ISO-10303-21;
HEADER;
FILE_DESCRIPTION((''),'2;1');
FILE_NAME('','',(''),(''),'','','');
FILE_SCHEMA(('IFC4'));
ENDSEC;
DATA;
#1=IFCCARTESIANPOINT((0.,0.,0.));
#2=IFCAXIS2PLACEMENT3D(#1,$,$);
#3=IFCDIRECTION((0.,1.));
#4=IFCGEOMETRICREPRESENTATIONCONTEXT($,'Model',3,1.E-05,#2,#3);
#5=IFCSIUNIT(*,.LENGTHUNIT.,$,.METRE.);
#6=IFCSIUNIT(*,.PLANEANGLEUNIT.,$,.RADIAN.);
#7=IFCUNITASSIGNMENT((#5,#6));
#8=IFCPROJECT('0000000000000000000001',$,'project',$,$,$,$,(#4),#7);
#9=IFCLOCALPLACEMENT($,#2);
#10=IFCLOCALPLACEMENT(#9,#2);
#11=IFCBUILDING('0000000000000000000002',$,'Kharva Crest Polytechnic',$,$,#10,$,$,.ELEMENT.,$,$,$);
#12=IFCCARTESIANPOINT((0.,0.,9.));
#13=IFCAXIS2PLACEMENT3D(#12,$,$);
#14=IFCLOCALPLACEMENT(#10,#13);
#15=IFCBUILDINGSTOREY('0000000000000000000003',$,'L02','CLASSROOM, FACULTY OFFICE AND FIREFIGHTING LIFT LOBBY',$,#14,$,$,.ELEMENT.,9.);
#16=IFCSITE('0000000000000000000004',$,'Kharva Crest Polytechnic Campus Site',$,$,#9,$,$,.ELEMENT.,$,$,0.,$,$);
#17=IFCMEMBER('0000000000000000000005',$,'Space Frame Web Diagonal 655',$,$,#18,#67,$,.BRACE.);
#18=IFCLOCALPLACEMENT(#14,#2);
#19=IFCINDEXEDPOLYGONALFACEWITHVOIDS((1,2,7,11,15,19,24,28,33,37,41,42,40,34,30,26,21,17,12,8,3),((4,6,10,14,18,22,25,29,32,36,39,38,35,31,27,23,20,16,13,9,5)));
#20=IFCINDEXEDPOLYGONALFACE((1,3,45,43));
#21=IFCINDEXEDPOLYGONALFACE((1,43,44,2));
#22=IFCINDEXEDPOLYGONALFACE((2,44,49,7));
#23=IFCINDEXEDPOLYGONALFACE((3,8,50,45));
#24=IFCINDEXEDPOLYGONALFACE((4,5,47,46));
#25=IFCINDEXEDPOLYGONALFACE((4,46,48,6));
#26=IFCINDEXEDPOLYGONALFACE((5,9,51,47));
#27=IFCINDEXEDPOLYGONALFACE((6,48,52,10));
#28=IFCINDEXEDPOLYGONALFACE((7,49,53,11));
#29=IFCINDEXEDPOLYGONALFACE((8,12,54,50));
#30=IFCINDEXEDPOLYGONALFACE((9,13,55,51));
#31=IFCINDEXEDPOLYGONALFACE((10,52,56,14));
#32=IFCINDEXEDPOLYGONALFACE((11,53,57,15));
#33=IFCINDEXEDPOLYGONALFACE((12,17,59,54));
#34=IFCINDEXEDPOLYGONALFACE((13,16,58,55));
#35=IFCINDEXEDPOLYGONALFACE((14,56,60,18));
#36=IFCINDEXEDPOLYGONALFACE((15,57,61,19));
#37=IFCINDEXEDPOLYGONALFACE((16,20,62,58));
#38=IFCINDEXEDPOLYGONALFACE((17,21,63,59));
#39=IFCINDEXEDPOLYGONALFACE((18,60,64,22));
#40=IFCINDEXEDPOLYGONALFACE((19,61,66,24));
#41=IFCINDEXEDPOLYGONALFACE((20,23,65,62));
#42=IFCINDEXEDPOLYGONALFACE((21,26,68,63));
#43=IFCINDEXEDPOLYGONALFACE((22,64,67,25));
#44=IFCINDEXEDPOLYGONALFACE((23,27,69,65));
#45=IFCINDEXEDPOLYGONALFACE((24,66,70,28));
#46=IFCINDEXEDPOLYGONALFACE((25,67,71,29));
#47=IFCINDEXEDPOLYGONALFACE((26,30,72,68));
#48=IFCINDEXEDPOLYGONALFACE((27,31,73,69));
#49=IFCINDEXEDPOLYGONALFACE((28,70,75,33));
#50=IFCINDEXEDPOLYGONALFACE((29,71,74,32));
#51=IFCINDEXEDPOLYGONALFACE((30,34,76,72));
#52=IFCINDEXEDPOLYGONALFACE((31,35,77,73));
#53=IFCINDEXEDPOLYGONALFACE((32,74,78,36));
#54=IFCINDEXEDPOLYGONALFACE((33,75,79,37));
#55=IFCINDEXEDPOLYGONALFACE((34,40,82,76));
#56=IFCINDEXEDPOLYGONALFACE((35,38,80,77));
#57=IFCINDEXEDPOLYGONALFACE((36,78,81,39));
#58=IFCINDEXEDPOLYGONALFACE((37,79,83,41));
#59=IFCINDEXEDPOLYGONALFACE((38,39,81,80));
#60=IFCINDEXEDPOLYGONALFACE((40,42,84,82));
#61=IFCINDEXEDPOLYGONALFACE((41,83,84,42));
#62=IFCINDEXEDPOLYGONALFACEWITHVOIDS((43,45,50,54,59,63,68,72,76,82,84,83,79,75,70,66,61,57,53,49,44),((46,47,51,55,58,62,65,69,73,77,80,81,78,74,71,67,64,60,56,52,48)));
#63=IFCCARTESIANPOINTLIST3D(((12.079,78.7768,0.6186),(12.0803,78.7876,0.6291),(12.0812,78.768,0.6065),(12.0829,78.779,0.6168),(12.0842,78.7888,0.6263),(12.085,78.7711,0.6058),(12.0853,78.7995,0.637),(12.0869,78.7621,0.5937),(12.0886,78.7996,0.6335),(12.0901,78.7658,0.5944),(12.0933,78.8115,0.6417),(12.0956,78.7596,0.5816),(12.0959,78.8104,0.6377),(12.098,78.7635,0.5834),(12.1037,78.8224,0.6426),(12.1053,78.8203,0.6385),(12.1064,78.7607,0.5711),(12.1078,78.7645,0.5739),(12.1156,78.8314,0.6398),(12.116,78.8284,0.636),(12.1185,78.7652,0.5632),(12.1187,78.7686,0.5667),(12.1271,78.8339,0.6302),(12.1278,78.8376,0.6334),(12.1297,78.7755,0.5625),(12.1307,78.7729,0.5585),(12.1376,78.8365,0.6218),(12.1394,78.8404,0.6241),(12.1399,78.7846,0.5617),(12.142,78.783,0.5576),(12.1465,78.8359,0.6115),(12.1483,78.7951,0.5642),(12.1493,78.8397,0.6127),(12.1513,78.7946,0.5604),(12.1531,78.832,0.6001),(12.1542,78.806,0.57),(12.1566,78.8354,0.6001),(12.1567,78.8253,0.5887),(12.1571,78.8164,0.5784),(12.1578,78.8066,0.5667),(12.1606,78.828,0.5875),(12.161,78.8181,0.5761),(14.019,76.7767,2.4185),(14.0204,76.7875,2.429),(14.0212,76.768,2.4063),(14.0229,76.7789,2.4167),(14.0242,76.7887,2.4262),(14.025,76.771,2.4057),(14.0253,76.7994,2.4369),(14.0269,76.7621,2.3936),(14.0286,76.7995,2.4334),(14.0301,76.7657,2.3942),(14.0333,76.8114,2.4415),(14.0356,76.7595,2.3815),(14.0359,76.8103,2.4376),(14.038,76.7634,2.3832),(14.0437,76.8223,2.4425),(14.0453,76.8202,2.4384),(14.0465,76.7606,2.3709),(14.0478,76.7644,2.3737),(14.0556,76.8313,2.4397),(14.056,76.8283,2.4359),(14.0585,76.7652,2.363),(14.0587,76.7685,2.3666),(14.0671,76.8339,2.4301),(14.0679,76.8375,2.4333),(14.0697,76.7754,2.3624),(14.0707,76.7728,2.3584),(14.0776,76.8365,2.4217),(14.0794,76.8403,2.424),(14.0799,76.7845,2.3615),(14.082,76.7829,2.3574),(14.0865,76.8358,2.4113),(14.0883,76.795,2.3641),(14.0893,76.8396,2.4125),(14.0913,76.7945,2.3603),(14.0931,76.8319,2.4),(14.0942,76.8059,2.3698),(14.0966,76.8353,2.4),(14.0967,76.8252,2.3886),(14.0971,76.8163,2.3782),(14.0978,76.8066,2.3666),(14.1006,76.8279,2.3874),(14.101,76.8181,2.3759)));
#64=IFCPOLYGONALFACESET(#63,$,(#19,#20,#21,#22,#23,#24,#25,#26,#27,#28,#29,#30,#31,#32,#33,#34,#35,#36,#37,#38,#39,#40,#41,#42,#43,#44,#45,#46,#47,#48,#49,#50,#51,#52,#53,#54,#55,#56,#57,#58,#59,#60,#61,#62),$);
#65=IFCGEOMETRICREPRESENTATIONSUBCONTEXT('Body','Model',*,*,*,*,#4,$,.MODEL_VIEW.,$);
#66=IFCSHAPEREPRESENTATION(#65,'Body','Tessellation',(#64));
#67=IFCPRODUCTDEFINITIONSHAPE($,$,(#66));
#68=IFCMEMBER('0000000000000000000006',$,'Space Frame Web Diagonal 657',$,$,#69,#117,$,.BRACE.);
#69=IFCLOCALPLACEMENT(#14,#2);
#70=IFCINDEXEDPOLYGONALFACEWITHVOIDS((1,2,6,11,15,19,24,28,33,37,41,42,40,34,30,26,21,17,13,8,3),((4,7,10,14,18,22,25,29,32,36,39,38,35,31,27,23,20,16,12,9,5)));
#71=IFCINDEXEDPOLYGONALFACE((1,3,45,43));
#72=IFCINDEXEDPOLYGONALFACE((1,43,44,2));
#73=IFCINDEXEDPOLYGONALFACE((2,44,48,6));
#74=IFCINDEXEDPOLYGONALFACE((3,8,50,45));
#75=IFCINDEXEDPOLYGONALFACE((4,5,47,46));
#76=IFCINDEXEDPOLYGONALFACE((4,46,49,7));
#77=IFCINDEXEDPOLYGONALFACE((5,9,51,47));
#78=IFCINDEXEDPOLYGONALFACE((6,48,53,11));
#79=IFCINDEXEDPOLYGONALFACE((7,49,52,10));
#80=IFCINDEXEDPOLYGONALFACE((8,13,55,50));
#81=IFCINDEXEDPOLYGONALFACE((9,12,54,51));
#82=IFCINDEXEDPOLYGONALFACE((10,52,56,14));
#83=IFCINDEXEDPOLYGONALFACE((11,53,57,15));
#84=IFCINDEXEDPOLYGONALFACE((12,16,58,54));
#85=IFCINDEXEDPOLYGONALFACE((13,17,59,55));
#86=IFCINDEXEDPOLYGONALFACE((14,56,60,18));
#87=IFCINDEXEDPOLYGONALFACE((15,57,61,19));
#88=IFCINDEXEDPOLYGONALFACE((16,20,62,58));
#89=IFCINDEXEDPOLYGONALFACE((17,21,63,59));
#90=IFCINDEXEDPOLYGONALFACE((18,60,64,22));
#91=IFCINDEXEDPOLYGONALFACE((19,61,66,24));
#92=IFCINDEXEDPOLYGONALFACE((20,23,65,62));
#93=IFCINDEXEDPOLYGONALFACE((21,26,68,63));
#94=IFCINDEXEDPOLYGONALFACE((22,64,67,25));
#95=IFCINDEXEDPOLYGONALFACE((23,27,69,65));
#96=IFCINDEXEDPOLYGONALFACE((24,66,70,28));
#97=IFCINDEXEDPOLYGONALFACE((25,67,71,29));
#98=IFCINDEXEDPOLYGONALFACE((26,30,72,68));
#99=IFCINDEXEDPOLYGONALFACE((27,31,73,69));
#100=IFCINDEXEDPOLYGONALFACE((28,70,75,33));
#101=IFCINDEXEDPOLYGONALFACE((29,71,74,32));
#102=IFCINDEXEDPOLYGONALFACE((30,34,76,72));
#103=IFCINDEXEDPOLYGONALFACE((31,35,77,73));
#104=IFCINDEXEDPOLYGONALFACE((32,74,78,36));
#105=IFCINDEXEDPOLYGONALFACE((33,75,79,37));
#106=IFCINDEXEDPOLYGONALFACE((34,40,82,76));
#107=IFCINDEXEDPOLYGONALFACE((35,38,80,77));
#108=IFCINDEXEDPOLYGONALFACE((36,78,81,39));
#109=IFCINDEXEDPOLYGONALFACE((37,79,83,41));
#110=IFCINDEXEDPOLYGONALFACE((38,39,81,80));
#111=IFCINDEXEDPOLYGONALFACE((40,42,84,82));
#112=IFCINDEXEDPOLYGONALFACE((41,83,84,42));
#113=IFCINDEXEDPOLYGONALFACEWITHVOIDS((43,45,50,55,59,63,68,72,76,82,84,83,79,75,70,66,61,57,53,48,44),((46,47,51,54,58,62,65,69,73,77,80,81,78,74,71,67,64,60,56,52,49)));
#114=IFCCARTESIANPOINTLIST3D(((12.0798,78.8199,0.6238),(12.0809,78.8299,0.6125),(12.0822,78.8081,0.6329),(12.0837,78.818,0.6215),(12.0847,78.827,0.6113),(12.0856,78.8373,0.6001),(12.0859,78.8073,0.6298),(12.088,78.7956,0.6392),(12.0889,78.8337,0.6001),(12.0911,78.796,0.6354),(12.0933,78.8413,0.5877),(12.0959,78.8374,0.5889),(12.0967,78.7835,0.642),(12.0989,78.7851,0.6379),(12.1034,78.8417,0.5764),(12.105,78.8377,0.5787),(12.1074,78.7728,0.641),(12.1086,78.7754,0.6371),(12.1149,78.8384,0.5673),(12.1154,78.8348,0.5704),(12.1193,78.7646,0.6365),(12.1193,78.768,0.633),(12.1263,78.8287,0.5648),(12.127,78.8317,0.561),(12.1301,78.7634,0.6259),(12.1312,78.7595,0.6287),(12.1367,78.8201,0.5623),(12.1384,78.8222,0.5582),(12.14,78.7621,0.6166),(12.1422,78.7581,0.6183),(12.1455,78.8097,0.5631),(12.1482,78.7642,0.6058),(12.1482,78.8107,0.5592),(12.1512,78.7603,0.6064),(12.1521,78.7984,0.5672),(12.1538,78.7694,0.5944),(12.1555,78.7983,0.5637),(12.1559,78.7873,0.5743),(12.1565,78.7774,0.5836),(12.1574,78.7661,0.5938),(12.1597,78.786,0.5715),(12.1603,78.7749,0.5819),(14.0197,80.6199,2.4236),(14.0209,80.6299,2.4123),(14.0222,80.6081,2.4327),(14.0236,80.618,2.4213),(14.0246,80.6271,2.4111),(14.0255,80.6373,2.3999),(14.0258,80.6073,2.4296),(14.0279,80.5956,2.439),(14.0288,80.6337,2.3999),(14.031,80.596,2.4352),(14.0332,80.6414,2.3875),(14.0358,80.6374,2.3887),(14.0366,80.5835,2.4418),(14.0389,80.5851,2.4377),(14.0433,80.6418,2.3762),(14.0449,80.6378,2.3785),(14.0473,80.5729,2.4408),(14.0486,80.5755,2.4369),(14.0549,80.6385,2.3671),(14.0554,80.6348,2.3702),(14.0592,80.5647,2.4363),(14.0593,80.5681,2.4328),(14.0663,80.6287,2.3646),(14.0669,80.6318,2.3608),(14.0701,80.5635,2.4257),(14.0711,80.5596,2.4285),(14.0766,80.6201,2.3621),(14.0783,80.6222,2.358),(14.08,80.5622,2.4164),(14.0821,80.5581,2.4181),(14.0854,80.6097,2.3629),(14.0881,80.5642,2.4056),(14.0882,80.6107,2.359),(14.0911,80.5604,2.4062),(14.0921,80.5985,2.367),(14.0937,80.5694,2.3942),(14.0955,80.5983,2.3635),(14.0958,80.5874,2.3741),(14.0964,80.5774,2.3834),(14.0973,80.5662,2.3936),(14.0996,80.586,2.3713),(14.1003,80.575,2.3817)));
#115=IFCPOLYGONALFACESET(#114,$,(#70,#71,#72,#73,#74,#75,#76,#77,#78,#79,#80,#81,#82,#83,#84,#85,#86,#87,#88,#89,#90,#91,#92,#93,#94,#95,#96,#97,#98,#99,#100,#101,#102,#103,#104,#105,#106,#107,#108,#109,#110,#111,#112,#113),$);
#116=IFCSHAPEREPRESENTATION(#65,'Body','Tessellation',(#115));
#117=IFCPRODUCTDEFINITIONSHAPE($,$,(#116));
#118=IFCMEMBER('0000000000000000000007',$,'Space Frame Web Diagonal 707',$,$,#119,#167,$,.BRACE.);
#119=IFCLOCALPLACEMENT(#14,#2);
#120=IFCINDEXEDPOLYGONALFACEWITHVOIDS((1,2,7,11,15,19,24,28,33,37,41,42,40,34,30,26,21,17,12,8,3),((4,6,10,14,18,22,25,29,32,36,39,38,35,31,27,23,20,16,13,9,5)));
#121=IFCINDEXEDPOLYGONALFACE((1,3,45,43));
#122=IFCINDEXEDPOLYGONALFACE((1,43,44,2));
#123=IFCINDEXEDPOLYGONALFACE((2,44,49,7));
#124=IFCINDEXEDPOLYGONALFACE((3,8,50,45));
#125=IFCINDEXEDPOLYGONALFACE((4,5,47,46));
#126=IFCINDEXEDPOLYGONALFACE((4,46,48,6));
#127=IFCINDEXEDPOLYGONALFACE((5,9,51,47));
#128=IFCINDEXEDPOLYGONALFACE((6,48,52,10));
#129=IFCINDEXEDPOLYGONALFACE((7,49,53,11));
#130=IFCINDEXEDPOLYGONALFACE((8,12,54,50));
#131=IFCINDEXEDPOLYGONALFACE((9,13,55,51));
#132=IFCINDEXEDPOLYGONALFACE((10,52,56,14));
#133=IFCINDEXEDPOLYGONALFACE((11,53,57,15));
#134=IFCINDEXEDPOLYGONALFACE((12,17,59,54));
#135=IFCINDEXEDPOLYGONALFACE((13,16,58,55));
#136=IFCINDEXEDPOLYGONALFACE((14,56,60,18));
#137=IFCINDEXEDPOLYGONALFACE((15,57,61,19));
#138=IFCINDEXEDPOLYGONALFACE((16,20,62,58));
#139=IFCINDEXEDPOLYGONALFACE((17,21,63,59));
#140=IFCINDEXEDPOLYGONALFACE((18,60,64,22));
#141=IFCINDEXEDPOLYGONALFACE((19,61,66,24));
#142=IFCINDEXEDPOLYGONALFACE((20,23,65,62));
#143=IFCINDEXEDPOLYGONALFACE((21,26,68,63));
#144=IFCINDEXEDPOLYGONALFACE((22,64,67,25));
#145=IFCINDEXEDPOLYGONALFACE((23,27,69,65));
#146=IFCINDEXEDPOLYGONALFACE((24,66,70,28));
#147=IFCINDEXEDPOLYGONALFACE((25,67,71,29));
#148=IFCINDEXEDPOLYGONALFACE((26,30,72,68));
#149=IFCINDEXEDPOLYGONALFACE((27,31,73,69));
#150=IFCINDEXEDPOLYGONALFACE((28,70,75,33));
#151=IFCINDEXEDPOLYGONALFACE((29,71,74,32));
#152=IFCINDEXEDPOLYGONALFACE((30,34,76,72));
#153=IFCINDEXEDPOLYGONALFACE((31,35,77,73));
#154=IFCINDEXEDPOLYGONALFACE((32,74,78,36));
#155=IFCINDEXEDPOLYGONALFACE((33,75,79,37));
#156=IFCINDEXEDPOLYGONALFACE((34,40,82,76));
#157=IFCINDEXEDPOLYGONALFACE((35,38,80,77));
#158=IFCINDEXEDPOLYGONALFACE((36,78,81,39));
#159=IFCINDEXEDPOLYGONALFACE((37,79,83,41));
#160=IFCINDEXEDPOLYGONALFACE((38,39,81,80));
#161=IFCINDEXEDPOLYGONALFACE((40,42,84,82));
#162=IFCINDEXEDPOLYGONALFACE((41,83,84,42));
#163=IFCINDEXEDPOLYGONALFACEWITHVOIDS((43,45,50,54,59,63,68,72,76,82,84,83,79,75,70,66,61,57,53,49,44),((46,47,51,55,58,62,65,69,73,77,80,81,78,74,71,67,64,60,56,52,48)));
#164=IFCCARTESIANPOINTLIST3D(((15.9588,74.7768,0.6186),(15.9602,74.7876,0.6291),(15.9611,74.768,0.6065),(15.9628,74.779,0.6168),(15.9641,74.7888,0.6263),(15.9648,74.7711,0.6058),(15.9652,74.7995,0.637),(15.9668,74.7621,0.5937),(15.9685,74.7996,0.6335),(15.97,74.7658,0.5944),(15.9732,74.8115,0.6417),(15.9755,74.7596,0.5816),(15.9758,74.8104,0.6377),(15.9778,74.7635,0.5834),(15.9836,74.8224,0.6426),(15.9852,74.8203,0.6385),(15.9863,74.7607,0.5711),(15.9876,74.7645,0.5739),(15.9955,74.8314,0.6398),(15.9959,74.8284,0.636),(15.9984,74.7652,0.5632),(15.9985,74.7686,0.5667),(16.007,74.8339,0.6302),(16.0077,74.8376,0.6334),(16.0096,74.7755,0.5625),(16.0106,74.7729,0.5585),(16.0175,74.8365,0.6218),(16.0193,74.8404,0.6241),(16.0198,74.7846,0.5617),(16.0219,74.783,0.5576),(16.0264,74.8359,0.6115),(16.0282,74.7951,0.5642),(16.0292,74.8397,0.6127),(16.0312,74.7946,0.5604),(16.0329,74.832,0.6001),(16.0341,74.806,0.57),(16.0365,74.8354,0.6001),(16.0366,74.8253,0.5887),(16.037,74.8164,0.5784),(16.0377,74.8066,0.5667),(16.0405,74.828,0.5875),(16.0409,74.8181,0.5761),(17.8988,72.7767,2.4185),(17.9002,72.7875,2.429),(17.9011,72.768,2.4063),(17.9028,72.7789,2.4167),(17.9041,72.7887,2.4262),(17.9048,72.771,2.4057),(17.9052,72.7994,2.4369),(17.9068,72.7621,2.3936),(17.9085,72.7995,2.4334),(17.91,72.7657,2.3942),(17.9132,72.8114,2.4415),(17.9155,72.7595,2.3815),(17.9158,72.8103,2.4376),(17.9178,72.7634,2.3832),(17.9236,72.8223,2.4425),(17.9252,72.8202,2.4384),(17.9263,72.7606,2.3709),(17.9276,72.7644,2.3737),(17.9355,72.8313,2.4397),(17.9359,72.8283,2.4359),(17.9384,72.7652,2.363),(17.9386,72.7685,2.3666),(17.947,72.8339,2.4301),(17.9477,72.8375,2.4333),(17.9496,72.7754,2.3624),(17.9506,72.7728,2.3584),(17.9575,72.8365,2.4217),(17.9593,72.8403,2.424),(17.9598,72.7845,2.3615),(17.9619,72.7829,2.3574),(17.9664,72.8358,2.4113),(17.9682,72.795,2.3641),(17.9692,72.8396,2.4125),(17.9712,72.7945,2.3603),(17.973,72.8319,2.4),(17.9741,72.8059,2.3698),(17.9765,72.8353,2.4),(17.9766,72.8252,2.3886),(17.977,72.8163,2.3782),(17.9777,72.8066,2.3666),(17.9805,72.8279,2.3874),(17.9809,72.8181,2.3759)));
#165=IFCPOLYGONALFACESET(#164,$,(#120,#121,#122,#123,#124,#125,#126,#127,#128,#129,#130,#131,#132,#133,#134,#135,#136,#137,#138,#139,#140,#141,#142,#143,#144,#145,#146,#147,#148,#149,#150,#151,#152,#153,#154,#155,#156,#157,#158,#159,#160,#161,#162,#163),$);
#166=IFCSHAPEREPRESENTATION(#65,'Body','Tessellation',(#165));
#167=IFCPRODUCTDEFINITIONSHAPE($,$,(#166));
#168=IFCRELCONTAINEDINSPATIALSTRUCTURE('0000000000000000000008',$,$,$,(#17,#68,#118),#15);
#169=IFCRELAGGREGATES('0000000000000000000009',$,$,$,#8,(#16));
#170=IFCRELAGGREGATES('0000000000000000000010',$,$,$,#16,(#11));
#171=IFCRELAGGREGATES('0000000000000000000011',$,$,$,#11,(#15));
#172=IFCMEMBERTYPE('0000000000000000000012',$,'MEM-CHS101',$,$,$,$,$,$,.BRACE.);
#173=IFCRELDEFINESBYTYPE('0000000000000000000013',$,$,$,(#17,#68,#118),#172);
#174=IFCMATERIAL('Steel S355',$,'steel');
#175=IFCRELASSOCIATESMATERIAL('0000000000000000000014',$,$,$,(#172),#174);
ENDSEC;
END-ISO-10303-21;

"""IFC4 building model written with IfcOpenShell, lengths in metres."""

from ifc_helpers import new_model, si_unit, direction, frame, origin, origin_2d, place, context, subcontext, project, spatial, hollow_circle, extrude, material, material_profile, profile_set, type_object, element, save


model = new_model("IFC4")

# Units and contexts
model_context = context("Model", 3, precision=1e-05, world=origin(), true_north=direction((0.0, 1.0)))
body_context = subcontext(model_context, "Body", "Model", "MODEL_VIEW")
ifc_project = project(units=[si_unit("LENGTHUNIT", "METRE"), si_unit("PLANEANGLEUNIT", "RADIAN")], contexts=[model_context])

# Site, building, storey
site_placement = place(None, origin())
site = spatial("IfcSite", under=ifc_project, at=site_placement, Name="Kharva Crest Polytechnic Campus Site", CompositionType="ELEMENT", RefElevation=0.0)
building_placement = place(site_placement, origin())
building = spatial("IfcBuilding", under=site, at=building_placement, Name="Kharva Crest Polytechnic", CompositionType="ELEMENT")
storey_placement = place(building_placement, frame((0.0, 0.0, 9.0)))
storey = spatial("IfcBuildingStorey", under=building, at=storey_placement, Name="L02", Description="CLASSROOM, FACULTY OFFICE AND FIREFIGHTING LIFT LOBBY", CompositionType="ELEMENT", Elevation=9.0)

# Shared definitions
ifc_material_1 = material(Name="Steel S355", Category="steel")

# Members
ifc_material_profile_1 = material_profile(ifc_material_1, hollow_circle(Radius=0.0508, WallThickness=0.0049, at=origin_2d()), Name="CHS 101.6X5.0")
ifc_profile_set_1 = profile_set([ifc_material_profile_1], Name="Steel S355")
member_type_1 = type_object("IfcMemberType", Name="MEM-CHS101", PredefinedType="BRACE", material=ifc_profile_set_1)
for number, where, z_axis, x_axis, name in (
    (1, (12.1201, 78.8, 0.6001), (0.584843, -0.60295, 0.542596), (0.717802, 0.696247, 0.0), "Space Frame Web Diagonal 655"),
):
    element("IfcMember", number, at=place(storey_placement, frame(where, z_axis=z_axis, x_axis=x_axis)), inside=storey, type_object=member_type_1, Name=name, PredefinedType="BRACE", context=body_context, shape_type="SweptSolid", body=[
        extrude(hollow_circle(Radius=0.0508, WallThickness=0.0049, at=origin_2d()), origin(), (0.0, 0.0, 1.0), 3.3171),
    ])
member_1_placement = place(storey_placement, frame((12.1201, 78.8, 0.6001), z_axis=(0.606147, 0.562437, 0.562361), x_axis=(-0.680182, 0.733043, 0.0)))
element("IfcMember", 2, at=member_1_placement, inside=storey, type_object=member_type_1, Name="Space Frame Web Diagonal 657", PredefinedType="BRACE", context=body_context, shape_type="SweptSolid", body=[
    extrude(hollow_circle(Radius=0.0508, WallThickness=0.0049, at=origin_2d()), origin(), (0.0, 0.0, 1.0), 3.2004),
])
for number, where, z_axis, x_axis, name in (
    (3, (16.0, 74.8, 0.6001), (0.584843, -0.60295, 0.542596), (0.717802, 0.696247, 0.0), "Space Frame Web Diagonal 707"),
):
    element("IfcMember", number, at=place(storey_placement, frame(where, z_axis=z_axis, x_axis=x_axis)), inside=storey, type_object=member_type_1, Name=name, PredefinedType="BRACE", context=body_context, shape_type="SweptSolid", body=[
        extrude(hollow_circle(Radius=0.0508, WallThickness=0.0049, at=origin_2d()), origin(), (0.0, 0.0, 1.0), 3.3171),
    ])

save(model, "model.ifc")
